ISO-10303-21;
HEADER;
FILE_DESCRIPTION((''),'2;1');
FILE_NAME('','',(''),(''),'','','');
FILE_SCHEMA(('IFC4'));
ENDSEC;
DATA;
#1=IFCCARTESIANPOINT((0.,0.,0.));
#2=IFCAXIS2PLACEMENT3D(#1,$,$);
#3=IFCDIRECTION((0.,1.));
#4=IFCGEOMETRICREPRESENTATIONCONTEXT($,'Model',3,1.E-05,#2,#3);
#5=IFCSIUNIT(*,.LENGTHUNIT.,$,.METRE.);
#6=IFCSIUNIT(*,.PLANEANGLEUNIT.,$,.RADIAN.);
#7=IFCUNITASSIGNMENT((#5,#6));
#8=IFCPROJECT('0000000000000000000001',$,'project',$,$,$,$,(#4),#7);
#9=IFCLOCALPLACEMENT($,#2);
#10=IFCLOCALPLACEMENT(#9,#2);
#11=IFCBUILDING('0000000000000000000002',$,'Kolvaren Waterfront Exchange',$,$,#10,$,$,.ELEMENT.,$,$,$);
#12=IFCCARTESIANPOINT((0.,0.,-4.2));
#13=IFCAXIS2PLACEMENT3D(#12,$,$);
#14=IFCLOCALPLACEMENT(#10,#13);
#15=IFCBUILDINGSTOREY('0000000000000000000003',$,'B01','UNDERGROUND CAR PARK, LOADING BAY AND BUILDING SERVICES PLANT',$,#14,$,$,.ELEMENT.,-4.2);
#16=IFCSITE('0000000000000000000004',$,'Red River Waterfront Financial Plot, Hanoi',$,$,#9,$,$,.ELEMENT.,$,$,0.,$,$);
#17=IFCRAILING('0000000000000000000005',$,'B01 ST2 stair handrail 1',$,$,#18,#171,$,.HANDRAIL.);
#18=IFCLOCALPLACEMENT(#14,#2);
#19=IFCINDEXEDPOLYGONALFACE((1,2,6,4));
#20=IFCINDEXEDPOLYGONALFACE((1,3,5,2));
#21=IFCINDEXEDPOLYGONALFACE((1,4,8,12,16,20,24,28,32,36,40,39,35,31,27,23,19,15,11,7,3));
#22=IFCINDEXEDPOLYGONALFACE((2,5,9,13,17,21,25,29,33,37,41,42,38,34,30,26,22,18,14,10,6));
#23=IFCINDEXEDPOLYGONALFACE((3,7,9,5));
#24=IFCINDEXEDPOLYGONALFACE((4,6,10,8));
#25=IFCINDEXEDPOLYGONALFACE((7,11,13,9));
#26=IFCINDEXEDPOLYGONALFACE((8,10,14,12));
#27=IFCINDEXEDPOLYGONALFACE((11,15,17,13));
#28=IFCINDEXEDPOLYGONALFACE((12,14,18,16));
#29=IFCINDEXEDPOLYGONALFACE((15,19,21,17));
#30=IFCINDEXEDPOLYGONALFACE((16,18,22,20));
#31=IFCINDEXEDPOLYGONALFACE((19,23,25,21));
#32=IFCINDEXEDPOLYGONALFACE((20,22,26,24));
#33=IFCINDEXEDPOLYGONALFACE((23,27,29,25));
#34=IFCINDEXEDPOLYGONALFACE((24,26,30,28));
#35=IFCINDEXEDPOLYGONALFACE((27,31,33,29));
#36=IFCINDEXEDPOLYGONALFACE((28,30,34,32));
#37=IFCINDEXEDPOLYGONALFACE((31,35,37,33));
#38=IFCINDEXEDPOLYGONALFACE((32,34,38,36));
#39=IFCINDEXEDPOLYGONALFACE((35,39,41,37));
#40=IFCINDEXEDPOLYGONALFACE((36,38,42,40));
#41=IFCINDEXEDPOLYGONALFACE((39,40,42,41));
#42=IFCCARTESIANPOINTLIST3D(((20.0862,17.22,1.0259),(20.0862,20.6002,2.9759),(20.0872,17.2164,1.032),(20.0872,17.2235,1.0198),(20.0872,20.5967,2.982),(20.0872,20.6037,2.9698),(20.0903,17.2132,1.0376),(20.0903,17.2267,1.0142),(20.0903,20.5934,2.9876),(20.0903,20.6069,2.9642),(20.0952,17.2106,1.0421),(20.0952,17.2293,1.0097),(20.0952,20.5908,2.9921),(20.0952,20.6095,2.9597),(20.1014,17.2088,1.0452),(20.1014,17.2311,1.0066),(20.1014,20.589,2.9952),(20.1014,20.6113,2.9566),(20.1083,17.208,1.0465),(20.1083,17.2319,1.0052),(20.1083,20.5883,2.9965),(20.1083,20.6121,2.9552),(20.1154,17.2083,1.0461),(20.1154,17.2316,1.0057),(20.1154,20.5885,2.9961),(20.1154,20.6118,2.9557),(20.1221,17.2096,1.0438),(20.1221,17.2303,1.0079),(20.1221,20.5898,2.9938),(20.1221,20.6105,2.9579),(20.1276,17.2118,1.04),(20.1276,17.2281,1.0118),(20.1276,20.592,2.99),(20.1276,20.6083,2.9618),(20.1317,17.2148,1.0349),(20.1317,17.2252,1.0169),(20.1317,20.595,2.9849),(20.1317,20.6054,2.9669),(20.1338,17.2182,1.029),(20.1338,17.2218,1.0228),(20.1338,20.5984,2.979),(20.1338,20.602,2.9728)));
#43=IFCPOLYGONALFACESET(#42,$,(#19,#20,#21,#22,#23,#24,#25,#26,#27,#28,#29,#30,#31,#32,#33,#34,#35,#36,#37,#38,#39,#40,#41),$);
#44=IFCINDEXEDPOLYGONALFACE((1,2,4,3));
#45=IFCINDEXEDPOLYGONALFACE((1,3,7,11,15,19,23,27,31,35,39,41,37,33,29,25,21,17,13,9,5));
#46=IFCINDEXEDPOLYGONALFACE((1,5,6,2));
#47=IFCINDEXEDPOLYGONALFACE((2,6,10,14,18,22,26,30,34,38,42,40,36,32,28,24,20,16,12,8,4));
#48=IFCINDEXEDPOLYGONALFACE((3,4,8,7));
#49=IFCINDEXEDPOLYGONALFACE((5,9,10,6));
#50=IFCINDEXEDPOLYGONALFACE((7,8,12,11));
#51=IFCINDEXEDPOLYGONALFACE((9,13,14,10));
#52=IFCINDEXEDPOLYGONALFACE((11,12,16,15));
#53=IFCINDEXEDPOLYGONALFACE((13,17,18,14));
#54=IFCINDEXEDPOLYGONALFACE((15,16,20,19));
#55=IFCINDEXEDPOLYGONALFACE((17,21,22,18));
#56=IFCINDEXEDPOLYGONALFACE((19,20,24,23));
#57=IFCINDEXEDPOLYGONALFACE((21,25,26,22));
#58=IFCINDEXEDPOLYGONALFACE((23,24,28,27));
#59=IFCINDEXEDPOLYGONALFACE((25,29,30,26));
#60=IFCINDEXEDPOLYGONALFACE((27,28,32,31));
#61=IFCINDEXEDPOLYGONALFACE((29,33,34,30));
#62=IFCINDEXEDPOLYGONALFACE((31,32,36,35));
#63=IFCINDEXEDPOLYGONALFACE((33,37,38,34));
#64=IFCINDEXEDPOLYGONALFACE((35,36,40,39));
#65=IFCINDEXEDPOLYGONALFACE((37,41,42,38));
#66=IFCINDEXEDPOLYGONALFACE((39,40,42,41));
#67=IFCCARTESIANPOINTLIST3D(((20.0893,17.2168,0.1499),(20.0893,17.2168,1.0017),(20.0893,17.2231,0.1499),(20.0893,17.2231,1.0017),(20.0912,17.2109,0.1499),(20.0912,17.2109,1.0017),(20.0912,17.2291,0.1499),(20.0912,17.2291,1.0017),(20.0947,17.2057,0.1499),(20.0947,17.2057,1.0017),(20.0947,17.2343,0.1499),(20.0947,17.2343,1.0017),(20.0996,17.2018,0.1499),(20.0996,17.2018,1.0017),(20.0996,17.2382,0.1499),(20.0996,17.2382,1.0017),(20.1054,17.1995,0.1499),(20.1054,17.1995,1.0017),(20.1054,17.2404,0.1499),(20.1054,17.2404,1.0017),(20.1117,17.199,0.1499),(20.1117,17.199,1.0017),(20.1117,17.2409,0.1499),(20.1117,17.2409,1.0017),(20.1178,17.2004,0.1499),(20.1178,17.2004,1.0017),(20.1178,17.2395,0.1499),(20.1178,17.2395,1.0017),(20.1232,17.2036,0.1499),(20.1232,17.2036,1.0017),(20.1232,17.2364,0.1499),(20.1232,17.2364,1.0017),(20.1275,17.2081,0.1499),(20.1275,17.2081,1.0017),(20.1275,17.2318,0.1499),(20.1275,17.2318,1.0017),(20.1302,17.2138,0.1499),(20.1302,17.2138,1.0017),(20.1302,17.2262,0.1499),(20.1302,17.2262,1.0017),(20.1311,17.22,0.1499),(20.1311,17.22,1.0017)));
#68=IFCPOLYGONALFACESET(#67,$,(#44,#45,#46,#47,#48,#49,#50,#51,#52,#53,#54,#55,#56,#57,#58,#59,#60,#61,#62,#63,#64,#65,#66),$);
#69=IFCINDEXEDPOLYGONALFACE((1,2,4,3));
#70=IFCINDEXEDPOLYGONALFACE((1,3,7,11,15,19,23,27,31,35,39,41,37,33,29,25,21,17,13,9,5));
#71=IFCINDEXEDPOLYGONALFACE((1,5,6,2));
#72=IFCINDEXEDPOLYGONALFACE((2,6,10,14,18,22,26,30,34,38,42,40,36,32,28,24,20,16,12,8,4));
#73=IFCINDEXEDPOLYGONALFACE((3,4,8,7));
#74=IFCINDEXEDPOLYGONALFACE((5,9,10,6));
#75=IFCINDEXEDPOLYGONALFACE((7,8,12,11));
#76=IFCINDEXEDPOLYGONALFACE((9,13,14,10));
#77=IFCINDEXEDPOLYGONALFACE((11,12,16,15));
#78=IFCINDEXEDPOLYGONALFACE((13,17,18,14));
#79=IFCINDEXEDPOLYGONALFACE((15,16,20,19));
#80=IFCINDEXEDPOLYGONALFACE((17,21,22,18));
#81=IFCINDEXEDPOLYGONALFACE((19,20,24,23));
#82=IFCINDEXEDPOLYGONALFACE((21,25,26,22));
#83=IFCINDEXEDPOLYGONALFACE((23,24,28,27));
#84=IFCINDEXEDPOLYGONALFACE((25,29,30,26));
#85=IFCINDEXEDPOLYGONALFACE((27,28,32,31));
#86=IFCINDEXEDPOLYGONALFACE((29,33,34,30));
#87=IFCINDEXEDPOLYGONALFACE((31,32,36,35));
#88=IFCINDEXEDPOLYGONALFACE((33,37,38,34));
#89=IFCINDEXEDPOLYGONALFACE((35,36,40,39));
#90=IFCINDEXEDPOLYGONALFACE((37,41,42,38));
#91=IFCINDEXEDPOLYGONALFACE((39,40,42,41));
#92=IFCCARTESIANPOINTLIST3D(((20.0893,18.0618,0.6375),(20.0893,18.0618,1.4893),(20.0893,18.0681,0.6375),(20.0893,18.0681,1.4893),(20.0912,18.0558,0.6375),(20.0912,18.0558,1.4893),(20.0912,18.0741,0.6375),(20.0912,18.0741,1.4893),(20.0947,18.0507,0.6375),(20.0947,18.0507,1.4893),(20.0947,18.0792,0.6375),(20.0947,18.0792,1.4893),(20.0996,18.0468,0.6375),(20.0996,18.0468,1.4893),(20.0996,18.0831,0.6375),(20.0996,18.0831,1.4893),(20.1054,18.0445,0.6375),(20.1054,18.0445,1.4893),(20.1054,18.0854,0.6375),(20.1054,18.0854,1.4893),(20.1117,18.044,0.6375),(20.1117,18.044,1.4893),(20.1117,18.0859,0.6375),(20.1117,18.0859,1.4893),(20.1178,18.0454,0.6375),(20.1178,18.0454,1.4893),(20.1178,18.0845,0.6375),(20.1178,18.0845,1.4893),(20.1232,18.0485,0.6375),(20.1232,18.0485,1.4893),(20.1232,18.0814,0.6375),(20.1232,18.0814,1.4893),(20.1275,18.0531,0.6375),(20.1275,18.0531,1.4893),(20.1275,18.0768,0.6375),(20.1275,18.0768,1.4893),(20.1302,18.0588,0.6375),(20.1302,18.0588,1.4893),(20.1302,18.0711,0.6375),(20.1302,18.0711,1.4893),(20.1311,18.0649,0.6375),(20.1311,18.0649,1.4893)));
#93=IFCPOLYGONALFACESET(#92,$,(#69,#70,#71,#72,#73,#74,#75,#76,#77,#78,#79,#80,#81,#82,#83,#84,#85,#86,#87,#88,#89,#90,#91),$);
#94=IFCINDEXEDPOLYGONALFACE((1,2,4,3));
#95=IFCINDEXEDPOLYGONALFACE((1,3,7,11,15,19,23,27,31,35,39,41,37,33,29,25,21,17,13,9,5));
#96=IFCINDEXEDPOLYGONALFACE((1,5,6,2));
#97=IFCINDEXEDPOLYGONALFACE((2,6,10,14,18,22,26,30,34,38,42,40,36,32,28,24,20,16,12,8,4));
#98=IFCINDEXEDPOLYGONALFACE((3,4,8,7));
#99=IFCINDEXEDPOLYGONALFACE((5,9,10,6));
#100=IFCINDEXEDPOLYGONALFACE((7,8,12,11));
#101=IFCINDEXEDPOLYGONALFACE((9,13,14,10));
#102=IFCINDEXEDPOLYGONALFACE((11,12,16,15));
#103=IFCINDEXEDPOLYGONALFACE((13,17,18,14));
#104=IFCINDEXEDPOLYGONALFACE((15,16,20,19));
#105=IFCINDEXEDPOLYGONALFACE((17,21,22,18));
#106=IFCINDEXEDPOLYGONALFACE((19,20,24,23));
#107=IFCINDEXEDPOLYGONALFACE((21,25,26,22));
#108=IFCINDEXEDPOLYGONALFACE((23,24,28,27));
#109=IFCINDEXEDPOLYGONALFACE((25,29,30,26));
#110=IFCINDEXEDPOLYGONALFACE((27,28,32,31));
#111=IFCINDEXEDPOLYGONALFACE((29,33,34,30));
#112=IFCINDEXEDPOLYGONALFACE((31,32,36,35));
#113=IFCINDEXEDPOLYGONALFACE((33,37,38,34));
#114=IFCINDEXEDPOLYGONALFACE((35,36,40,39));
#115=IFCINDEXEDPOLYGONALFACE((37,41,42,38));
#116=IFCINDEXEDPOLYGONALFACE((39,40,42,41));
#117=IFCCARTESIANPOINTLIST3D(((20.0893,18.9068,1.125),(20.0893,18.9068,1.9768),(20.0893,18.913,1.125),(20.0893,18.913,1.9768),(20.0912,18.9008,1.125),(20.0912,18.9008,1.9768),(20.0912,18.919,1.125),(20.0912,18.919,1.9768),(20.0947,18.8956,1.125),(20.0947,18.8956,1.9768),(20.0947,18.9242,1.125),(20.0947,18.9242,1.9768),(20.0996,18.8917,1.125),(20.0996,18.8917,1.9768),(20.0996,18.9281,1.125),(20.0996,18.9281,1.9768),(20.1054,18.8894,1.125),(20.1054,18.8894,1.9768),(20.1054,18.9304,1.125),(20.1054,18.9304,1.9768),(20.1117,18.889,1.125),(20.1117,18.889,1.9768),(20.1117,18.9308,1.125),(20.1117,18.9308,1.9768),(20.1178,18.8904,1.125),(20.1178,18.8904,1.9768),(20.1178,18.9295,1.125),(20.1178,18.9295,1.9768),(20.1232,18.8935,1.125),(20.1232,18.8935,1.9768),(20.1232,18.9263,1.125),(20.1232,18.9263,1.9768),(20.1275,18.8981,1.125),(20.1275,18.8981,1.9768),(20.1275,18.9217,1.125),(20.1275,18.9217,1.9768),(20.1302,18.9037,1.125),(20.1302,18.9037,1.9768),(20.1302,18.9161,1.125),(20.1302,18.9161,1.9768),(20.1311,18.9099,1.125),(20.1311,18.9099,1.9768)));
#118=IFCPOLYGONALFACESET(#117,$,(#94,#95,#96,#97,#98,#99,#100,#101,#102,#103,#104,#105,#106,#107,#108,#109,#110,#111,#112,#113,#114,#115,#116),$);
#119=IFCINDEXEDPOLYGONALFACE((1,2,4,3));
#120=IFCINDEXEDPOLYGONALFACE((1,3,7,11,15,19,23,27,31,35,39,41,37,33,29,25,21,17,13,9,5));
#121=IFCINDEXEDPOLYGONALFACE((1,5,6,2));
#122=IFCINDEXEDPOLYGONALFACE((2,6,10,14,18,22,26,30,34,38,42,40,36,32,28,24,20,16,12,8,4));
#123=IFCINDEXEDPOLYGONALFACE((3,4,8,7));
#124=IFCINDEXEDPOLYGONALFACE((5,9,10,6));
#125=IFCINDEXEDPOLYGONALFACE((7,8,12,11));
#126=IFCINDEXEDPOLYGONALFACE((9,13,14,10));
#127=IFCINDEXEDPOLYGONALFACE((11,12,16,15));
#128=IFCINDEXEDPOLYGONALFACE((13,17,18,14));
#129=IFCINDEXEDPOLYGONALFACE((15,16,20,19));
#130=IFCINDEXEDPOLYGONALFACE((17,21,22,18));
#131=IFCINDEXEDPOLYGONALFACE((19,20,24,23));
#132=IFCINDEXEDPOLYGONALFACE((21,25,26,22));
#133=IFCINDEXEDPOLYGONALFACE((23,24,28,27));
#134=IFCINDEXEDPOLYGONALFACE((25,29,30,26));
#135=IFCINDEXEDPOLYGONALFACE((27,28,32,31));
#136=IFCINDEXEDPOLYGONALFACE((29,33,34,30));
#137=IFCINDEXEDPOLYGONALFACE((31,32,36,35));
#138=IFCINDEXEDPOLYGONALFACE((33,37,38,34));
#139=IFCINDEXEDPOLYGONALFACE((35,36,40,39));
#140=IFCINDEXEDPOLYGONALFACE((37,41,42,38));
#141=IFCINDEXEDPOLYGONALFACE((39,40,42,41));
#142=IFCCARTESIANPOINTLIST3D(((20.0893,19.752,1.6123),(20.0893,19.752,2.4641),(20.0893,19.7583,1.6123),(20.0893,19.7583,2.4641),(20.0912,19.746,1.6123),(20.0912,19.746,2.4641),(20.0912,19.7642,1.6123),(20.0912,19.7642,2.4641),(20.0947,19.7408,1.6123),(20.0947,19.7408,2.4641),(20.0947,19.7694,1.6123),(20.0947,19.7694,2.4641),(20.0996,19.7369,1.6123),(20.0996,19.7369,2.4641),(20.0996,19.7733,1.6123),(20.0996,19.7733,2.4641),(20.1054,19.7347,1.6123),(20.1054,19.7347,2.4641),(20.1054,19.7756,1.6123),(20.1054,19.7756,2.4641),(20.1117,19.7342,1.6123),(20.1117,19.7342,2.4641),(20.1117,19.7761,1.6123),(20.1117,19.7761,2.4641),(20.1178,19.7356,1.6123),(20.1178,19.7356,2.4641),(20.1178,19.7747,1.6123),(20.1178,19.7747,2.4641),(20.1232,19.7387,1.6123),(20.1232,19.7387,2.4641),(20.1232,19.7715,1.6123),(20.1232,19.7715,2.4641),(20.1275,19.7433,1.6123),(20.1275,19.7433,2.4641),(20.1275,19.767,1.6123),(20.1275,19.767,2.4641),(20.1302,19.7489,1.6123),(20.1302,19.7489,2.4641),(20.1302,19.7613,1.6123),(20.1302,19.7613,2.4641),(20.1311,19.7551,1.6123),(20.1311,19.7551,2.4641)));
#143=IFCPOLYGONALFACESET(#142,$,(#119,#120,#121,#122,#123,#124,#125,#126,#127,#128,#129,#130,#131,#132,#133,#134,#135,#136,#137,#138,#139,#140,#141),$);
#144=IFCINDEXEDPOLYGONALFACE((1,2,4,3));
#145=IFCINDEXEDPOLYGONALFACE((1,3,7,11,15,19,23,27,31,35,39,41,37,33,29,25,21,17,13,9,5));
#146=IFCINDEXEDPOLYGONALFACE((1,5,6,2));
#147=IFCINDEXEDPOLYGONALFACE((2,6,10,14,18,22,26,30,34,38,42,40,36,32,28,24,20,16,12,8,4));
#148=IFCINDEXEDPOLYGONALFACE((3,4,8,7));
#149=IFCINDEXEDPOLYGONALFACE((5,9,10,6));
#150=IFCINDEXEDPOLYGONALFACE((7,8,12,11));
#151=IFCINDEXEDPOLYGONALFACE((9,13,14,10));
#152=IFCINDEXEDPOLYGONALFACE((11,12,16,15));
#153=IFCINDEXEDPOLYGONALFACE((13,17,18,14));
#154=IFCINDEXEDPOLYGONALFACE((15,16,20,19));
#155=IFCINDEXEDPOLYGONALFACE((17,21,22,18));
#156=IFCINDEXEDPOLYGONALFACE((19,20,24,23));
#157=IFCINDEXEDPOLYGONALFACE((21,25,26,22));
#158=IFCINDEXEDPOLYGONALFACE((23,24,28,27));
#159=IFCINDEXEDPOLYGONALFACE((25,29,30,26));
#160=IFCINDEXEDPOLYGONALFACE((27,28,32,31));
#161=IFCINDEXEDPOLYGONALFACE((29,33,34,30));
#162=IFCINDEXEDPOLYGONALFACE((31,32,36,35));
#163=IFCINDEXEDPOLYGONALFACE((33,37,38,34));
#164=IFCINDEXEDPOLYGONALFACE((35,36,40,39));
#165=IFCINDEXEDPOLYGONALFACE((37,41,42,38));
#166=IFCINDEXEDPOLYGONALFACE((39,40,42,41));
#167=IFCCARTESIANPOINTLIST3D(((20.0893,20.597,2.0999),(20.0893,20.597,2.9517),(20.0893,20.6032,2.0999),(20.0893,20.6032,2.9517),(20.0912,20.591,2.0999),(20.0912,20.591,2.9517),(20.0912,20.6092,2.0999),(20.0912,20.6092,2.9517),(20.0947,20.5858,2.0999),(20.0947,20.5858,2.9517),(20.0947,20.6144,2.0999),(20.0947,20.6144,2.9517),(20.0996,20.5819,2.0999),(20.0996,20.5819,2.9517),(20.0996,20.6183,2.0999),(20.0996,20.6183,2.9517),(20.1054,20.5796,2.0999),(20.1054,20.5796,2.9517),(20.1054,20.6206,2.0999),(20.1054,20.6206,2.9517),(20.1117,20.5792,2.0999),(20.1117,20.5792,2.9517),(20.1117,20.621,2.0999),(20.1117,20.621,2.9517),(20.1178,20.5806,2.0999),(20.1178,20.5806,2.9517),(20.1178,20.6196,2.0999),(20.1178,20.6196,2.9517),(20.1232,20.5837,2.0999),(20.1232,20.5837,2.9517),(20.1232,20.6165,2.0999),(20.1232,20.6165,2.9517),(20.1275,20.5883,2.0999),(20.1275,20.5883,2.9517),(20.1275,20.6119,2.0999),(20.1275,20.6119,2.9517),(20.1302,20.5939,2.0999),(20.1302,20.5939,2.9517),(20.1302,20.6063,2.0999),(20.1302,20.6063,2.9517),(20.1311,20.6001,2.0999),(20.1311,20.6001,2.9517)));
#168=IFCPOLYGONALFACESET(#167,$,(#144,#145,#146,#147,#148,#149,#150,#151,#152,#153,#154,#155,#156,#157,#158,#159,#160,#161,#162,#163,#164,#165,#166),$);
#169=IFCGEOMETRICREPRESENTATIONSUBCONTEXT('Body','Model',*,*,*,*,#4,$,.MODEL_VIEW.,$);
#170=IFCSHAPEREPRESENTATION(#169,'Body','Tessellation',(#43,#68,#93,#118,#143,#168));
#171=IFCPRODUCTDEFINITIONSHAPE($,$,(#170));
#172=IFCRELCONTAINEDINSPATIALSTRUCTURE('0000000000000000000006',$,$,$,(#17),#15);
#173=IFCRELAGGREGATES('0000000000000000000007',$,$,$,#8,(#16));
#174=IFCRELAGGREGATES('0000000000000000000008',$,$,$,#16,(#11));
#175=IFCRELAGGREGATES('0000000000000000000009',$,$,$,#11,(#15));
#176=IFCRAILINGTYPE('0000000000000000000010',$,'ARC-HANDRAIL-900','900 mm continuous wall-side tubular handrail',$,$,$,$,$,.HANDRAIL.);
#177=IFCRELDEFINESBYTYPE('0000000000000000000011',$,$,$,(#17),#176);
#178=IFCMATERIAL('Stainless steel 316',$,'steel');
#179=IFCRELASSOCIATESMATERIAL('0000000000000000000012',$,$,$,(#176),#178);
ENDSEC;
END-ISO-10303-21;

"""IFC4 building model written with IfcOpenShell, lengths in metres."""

from ifc_helpers import new_model, si_unit, direction, frame, origin, origin_2d, place, context, subcontext, project, spatial, circle, extrude, material, type_object, element, save


model = new_model("IFC4")

# Units and contexts
model_context = context("Model", 3, precision=1e-05, world=origin(), true_north=direction((0.0, 1.0)))
body_context = subcontext(model_context, "Body", "Model", "MODEL_VIEW")
ifc_project = project(units=[si_unit("LENGTHUNIT", "METRE"), si_unit("PLANEANGLEUNIT", "RADIAN")], contexts=[model_context])

# Site, building, storey
site_placement = place(None, origin())
site = spatial("IfcSite", under=ifc_project, at=site_placement, Name="Red River Waterfront Financial Plot, Hanoi", CompositionType="ELEMENT", RefElevation=0.0)
building_placement = place(site_placement, origin())
building = spatial("IfcBuilding", under=site, at=building_placement, Name="Kolvaren Waterfront Exchange", CompositionType="ELEMENT")
storey_placement = place(building_placement, frame((0.0, 0.0, -4.2)))
storey = spatial("IfcBuildingStorey", under=building, at=storey_placement, Name="B01", Description="UNDERGROUND CAR PARK, LOADING BAY AND BUILDING SERVICES PLANT", CompositionType="ELEMENT", Elevation=-4.2)

# Railing
ifc_material_1 = material(Name="Stainless steel 316", Category="steel")
railing_type_1 = type_object("IfcRailingType", Name="ARC-HANDRAIL-900", Description="900 mm continuous wall-side tubular handrail", PredefinedType="HANDRAIL", material=ifc_material_1)
railing_1_placement = place(storey_placement, frame((20.1101, 17.22, 0.1499)))
element("IfcRailing", 1, at=railing_1_placement, inside=storey, type_object=railing_type_1, Name="B01 ST2 stair handrail 1", PredefinedType="HANDRAIL", context=body_context, shape_type="SweptSolid", body=[
    extrude(circle(Radius=0.0239, at=origin_2d()), frame((0.0, 0.0, 0.876), z_axis=(0.0, 0.866199, 0.499699), x_axis=(-1.0, 0.0, 0.0)), (0.0, 0.0, 1.0), 3.9023),
    extrude(circle(Radius=0.021, at=origin_2d()), origin(), (0.0, 0.0, 1.0), 0.8518),
    extrude(circle(Radius=0.021, at=origin_2d()), frame((0.0, 0.845, 0.4875)), (0.0, 0.0, 1.0), 0.8518),
    extrude(circle(Radius=0.021, at=origin_2d()), frame((0.0, 1.6899, 0.9751)), (0.0, 0.0, 1.0), 0.8518),
    extrude(circle(Radius=0.021, at=origin_2d()), frame((0.0, 2.5352, 1.4624)), (0.0, 0.0, 1.0), 0.8518),
    extrude(circle(Radius=0.021, at=origin_2d()), frame((0.0, 3.3801, 1.95)), (0.0, 0.0, 1.0), 0.8518),
])

save(model, "model.ifc")
